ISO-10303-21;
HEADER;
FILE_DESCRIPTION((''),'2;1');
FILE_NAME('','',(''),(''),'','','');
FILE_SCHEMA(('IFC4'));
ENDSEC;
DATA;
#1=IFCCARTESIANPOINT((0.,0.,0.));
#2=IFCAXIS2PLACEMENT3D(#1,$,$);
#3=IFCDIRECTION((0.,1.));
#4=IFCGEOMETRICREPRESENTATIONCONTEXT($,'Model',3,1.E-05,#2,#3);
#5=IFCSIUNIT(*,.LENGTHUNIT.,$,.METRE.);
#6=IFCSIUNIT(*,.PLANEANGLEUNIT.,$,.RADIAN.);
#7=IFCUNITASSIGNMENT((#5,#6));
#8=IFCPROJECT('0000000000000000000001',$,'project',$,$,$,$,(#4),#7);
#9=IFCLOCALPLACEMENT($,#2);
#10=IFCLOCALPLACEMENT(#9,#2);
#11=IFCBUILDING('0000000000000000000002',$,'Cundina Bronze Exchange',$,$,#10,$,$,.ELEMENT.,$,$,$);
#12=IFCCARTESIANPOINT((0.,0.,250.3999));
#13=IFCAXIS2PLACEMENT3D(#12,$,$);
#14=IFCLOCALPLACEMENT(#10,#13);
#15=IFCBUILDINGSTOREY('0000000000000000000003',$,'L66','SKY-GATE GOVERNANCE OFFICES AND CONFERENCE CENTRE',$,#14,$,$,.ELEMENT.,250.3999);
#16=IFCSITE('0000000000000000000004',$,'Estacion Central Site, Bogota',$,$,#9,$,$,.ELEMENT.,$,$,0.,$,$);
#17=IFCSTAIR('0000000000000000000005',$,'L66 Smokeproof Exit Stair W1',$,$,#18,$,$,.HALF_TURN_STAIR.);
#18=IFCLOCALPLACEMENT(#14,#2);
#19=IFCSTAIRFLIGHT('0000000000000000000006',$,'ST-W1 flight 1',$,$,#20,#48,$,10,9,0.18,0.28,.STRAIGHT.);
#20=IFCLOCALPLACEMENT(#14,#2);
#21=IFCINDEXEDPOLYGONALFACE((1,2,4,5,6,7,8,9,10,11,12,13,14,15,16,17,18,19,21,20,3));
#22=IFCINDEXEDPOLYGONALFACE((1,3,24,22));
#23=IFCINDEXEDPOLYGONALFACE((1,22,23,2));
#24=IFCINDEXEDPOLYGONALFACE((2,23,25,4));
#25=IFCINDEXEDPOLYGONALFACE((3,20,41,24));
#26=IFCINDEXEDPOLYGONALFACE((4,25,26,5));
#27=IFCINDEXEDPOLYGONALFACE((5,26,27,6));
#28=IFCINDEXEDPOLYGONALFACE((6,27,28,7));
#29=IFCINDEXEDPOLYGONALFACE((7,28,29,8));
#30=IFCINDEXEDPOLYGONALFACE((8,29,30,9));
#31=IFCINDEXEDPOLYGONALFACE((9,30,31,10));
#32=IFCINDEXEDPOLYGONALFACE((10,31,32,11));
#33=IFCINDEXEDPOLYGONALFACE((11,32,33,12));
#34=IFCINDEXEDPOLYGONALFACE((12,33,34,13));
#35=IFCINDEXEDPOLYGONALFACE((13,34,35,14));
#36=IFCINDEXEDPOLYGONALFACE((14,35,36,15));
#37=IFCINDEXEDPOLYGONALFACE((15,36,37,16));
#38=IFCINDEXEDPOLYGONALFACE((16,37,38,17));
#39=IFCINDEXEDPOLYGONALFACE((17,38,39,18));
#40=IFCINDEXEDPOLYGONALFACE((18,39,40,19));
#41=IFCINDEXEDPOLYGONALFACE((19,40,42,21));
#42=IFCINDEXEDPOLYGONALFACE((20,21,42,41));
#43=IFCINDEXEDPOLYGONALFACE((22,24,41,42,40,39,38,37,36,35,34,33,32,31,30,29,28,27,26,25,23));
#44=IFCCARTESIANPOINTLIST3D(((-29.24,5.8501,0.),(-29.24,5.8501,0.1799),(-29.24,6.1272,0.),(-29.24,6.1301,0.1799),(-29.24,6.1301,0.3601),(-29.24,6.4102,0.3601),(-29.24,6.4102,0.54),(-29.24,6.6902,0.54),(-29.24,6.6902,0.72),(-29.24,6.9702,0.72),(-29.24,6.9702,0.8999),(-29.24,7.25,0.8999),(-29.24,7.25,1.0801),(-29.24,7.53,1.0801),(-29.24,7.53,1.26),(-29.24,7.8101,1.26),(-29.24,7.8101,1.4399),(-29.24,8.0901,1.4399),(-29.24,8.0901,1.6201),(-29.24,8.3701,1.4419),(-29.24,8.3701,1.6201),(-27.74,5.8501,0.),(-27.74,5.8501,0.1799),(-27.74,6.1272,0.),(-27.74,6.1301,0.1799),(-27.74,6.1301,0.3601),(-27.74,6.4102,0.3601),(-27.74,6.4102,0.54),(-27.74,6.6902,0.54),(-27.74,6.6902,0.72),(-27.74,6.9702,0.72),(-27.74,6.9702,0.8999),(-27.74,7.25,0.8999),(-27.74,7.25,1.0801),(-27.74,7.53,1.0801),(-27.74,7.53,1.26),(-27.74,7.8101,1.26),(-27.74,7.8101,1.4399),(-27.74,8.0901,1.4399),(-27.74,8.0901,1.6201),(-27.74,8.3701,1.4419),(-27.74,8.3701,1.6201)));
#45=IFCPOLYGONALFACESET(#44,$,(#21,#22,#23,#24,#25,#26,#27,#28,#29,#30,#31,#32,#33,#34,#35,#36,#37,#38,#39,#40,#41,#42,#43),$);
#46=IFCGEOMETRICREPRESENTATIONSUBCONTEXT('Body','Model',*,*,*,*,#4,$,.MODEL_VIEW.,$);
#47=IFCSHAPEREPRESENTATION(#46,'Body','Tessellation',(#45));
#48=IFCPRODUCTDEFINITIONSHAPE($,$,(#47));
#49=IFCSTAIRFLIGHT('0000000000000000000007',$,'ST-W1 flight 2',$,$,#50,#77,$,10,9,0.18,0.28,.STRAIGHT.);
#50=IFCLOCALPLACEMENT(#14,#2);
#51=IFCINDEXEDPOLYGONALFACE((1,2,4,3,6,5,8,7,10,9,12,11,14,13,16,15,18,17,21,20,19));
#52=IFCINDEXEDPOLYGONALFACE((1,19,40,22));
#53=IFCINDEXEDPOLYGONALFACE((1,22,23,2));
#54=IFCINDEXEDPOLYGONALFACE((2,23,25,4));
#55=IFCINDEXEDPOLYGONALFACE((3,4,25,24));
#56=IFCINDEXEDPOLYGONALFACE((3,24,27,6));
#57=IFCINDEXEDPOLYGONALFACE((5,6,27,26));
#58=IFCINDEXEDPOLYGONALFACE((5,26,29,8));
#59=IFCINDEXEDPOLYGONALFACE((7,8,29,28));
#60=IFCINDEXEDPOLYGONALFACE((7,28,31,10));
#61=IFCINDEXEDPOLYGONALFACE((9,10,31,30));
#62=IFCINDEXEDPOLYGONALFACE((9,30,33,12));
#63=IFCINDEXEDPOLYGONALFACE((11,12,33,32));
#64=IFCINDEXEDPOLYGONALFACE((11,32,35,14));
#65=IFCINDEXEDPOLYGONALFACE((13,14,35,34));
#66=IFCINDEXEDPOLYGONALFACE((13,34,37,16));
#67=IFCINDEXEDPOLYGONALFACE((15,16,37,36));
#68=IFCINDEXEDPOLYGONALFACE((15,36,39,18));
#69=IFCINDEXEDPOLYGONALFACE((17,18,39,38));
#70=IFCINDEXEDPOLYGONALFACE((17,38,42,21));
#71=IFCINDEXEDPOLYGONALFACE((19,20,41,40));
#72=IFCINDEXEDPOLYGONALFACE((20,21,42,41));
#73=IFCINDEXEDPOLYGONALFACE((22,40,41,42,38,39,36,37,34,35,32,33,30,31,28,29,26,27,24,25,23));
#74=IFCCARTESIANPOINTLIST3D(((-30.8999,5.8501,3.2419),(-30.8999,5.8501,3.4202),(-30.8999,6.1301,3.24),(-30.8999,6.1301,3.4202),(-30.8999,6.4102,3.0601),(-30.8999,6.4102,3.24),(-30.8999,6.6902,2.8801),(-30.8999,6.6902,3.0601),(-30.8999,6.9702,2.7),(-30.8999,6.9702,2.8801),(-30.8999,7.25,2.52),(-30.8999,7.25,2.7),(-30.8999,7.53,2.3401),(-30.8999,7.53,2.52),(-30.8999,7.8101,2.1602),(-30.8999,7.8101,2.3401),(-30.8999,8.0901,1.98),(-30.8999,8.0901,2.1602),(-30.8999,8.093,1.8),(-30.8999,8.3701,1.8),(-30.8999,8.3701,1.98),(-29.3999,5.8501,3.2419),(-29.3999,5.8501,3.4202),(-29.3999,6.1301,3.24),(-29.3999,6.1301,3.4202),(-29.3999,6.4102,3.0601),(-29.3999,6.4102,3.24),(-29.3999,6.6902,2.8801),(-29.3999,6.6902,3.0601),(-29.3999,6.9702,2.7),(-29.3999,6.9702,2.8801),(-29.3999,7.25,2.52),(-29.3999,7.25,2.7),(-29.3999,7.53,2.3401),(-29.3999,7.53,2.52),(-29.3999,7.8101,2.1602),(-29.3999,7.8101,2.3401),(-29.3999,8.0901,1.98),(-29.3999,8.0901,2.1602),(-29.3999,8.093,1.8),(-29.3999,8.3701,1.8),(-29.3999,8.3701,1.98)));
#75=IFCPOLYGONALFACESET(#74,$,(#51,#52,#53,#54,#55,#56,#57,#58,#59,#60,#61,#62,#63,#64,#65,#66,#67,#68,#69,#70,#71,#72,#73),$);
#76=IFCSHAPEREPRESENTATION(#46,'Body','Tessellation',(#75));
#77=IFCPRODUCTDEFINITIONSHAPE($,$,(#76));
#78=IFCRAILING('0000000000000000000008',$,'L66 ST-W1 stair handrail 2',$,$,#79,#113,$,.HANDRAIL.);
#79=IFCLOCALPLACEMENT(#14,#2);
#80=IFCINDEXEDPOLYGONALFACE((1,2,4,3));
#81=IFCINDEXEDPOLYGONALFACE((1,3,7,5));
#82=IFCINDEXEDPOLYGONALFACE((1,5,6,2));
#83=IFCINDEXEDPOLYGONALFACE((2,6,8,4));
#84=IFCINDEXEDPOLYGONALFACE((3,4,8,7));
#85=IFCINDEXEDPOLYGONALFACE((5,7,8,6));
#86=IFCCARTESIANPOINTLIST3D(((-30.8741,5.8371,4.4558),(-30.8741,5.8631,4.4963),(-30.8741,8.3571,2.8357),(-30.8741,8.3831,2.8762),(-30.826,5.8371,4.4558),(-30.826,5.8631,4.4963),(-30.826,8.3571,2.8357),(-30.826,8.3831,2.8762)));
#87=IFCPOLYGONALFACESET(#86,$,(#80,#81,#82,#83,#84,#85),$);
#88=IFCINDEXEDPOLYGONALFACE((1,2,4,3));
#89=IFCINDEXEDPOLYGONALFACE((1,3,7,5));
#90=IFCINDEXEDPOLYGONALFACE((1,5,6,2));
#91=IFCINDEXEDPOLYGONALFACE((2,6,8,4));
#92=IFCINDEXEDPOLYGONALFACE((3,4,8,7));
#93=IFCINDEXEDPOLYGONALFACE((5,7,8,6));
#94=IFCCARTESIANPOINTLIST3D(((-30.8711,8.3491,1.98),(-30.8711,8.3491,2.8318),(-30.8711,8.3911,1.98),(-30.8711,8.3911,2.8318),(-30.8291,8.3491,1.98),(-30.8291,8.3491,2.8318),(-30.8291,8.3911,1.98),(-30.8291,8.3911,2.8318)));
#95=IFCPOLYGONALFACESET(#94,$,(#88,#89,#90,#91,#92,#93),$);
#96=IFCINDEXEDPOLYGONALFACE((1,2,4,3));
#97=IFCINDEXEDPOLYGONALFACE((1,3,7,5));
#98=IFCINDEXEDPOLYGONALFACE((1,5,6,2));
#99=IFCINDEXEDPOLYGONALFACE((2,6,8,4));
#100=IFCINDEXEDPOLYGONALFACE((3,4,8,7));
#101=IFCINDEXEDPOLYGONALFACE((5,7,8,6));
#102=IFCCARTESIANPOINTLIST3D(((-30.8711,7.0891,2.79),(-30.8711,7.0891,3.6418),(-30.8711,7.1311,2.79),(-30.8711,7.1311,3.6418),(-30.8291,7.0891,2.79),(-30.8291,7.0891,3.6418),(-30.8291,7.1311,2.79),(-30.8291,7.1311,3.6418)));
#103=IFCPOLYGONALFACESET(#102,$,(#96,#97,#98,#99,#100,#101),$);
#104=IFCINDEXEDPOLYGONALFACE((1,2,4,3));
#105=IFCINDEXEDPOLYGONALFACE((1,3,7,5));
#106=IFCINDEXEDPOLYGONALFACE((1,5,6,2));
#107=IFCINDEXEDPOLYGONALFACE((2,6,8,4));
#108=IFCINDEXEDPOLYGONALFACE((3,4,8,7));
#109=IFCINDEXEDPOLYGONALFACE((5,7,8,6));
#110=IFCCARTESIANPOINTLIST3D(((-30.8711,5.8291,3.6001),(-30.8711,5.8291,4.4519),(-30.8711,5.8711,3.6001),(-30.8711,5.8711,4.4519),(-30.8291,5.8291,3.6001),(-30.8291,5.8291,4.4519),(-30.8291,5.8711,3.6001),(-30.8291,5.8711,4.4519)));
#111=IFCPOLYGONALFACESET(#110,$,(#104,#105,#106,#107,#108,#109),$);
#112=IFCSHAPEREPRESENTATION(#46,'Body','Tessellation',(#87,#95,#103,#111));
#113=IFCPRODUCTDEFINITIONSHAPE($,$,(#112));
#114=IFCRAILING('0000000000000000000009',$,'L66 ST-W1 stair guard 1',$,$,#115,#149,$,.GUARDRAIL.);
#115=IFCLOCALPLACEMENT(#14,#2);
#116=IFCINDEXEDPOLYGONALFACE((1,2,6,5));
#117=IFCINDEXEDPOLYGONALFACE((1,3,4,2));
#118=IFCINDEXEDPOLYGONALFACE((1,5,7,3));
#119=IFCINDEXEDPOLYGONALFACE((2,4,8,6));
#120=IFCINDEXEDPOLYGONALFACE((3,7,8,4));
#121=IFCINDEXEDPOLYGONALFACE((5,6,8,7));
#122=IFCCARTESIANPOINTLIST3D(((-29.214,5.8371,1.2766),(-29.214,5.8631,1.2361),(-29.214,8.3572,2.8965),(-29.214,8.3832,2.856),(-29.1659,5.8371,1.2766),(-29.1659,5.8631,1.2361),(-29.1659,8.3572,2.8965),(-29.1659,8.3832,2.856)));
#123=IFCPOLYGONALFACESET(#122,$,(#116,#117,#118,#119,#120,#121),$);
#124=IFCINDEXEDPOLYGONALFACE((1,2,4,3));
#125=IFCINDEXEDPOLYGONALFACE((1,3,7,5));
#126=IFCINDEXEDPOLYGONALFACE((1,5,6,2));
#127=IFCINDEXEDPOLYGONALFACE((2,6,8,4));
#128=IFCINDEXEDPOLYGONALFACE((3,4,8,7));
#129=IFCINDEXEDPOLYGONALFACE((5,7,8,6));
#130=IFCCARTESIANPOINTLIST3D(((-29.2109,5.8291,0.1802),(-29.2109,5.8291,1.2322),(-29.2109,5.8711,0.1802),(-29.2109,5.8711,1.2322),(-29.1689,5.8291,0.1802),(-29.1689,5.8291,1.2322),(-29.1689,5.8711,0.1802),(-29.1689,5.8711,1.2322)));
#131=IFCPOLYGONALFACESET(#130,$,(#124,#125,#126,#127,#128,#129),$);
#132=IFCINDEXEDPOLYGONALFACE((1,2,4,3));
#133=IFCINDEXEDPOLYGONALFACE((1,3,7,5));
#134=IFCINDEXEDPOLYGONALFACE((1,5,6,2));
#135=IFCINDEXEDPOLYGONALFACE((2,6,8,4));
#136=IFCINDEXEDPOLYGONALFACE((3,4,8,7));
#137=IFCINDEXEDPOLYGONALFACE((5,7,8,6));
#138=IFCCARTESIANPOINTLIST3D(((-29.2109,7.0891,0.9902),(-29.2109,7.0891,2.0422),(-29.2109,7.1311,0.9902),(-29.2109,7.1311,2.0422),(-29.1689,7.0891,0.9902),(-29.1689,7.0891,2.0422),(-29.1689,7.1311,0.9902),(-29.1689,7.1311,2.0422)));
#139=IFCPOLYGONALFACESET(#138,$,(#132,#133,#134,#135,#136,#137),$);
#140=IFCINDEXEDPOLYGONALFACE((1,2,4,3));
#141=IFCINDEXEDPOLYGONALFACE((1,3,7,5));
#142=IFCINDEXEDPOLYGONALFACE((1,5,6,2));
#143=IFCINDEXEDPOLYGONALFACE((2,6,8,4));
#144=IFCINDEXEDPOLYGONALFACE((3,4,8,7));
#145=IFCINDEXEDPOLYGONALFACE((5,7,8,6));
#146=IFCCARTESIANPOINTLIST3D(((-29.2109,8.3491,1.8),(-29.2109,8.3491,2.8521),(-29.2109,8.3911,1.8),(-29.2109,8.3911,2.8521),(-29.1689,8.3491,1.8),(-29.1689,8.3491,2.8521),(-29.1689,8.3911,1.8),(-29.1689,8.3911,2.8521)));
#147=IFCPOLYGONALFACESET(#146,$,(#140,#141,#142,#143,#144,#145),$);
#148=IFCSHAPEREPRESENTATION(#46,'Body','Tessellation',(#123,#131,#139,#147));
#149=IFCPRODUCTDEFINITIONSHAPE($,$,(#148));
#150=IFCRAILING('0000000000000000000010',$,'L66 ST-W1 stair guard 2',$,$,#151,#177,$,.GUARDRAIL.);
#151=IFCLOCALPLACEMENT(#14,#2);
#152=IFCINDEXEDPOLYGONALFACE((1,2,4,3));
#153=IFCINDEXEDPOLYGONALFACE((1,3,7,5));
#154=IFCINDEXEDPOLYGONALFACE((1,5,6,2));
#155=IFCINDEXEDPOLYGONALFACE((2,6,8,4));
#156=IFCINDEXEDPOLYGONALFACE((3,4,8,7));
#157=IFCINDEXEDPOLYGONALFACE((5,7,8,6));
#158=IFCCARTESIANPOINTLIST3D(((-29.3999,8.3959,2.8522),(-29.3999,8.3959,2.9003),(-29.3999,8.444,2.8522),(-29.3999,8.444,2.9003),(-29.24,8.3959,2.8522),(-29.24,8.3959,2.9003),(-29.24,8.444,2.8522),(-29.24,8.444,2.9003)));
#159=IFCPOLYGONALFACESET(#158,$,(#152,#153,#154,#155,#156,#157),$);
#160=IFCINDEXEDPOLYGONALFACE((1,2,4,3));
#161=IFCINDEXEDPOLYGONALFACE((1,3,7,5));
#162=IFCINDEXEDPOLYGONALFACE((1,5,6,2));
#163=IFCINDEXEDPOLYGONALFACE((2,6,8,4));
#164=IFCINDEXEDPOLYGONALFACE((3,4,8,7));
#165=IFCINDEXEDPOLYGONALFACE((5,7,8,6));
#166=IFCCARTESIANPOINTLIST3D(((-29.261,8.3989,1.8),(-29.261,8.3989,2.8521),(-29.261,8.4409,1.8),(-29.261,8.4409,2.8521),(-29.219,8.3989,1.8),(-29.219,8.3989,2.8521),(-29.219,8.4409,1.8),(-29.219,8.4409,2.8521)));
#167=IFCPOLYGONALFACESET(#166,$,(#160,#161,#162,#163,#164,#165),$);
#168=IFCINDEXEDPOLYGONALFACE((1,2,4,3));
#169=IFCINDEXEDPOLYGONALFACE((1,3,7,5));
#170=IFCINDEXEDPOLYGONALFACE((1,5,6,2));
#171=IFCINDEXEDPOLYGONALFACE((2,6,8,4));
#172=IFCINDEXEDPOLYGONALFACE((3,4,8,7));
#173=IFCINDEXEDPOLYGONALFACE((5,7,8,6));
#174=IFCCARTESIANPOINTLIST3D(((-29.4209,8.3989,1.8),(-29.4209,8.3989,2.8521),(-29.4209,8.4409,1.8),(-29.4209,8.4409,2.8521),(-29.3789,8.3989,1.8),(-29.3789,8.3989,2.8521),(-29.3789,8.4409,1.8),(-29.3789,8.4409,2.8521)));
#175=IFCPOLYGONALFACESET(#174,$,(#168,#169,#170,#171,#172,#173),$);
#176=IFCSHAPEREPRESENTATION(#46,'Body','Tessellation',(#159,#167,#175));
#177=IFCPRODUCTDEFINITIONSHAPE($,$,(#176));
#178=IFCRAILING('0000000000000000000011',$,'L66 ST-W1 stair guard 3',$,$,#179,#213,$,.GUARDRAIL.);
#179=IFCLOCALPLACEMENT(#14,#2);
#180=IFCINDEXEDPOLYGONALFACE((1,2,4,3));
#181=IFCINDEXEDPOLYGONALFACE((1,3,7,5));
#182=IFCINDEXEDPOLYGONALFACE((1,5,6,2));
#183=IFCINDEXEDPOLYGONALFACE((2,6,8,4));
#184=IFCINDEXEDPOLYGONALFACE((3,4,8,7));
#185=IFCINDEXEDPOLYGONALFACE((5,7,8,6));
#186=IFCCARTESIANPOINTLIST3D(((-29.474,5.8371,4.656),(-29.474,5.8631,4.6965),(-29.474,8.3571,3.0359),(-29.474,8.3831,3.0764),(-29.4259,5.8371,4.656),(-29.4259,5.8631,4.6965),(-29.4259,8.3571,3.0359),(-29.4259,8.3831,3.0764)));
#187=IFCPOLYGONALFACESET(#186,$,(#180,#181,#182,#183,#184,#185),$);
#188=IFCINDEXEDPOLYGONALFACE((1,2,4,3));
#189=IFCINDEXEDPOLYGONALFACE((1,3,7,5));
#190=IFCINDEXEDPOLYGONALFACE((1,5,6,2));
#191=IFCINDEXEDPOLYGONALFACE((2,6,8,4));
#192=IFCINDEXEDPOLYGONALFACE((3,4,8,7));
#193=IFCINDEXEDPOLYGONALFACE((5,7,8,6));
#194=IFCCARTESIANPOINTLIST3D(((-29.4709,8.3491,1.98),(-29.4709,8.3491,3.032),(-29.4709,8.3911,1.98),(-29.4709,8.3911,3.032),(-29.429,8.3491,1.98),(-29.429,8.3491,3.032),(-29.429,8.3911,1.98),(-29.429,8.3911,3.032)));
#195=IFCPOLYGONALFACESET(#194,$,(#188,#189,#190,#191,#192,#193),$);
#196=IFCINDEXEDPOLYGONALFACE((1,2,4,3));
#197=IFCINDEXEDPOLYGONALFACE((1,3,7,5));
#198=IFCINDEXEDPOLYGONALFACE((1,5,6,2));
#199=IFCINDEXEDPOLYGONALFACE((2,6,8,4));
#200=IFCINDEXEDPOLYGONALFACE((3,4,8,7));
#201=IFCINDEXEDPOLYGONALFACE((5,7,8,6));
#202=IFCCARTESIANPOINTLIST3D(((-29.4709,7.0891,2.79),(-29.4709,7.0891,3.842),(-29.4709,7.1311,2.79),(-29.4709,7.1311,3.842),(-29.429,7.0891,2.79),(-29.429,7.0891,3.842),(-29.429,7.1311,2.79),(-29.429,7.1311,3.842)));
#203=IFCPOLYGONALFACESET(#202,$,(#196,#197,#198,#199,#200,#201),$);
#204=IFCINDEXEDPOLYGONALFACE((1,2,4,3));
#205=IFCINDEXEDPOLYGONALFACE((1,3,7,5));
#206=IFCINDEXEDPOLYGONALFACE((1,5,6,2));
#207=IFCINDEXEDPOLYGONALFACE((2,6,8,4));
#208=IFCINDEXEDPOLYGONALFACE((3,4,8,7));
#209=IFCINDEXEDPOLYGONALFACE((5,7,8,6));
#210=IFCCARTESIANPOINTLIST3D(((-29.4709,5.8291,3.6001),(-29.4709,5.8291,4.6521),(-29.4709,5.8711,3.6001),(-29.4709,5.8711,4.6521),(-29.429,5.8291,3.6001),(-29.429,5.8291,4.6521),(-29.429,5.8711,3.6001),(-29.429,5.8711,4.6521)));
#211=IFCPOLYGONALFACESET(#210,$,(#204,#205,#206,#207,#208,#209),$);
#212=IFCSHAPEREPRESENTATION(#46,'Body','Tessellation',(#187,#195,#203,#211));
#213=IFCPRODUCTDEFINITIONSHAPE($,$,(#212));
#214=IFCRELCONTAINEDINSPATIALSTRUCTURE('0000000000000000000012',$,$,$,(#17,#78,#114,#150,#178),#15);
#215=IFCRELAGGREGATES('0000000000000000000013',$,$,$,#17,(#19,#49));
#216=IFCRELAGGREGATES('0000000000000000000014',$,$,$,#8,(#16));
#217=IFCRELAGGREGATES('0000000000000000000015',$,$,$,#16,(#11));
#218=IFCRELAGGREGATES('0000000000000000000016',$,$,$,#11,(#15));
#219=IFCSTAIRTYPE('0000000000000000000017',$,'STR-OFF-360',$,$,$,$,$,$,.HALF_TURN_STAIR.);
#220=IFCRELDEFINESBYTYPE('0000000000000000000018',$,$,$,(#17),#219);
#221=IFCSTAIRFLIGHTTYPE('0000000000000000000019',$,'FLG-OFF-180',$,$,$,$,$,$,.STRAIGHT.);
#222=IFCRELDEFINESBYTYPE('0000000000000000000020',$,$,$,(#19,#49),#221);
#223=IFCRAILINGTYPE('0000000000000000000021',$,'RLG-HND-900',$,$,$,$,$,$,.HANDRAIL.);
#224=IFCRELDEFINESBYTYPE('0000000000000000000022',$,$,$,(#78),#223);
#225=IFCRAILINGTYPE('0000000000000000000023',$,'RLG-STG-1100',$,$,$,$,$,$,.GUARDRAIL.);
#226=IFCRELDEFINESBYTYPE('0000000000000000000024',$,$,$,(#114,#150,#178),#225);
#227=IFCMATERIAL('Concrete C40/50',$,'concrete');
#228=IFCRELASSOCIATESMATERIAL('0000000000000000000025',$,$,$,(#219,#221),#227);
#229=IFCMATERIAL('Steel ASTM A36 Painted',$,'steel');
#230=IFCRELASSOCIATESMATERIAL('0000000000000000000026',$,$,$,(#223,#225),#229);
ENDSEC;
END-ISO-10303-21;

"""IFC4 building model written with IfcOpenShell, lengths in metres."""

from ifc_helpers import new_model, si_unit, direction, frame, origin, origin_2d, place, context, subcontext, project, spatial, polyline, rectangle, outline, extrude, material, type_object, element, aggregate, save


model = new_model("IFC4")

# Units and contexts
model_context = context("Model", 3, precision=1e-05, world=origin(), true_north=direction((0.0, 1.0)))
body_context = subcontext(model_context, "Body", "Model", "MODEL_VIEW")
ifc_project = project(units=[si_unit("LENGTHUNIT", "METRE"), si_unit("PLANEANGLEUNIT", "RADIAN")], contexts=[model_context])

# Site, building, storey
site_placement = place(None, origin())
site = spatial("IfcSite", under=ifc_project, at=site_placement, Name="Estacion Central Site, Bogota", CompositionType="ELEMENT", RefElevation=0.0)
building_placement = place(site_placement, origin())
building = spatial("IfcBuilding", under=site, at=building_placement, Name="Cundina Bronze Exchange", CompositionType="ELEMENT")
storey_placement = place(building_placement, frame((0.0, 0.0, 250.3999)))
storey = spatial("IfcBuildingStorey", under=building, at=storey_placement, Name="L66", Description="SKY-GATE GOVERNANCE OFFICES AND CONFERENCE CENTRE", CompositionType="ELEMENT", Elevation=250.3999)

# Shared definitions
ifc_material_1 = material(Name="Steel ASTM A36 Painted", Category="steel")

# Stair, stair flights
ifc_material_2 = material(Name="Concrete C40/50", Category="concrete")
stair_type = type_object("IfcStairType", Name="STR-OFF-360", PredefinedType="HALF_TURN_STAIR", material=ifc_material_2)
stair_placement = place(storey_placement, origin())
stair = element("IfcStair", 1, at=stair_placement, inside=storey, type_object=stair_type, Name="L66 Smokeproof Exit Stair W1", PredefinedType="HALF_TURN_STAIR")
stair_flight_type = type_object("IfcStairFlightType", Name="FLG-OFF-180", PredefinedType="STRAIGHT", material=ifc_material_2)
stair_flight_1_placement = place(storey_placement, frame((-28.49, 5.8501, 0.0), z_axis=(0.0, 0.0, 1.0), x_axis=(0.0, 1.0, 0.0)))
stair_flight_1 = element("IfcStairFlight", 2, at=stair_flight_1_placement, type_object=stair_flight_type, Name="ST-W1 flight 1", NumberOfRisers=10, NumberOfTreads=9, PredefinedType="STRAIGHT", RiserHeight=0.18, TreadLength=0.28, context=body_context, shape_type="SweptSolid", body=[
    extrude(outline(polyline([(0.0, 0.0), (0.0, 0.1799), (0.28, 0.1799), (0.28, 0.3601), (0.5601, 0.3601), (0.5601, 0.54), (0.8401, 0.54), (0.8401, 0.72), (1.1201, 0.72), (1.1201, 0.8999), (1.3999, 0.8999), (1.3999, 1.0801), (1.6799, 1.0801), (1.6799, 1.26), (1.96, 1.26), (1.96, 1.4399), (2.24, 1.4399), (2.24, 1.6201), (2.52, 1.6201), (2.52, 1.8), (2.52, 1.4419), (0.2771, 0.0), (0.0, 0.0)])), frame((0.0, 0.75, 0.0), z_axis=(0.0, -1.0, 0.0), x_axis=(1.0, 0.0, 0.0)), (0.0, 0.0, 1.0), 1.5),
])
stair_flight_2_placement = place(storey_placement, frame((-30.1499, 8.3701, 1.8), z_axis=(0.0, 0.0, 1.0), x_axis=(0.0, -1.0, 0.0)))
stair_flight_2 = element("IfcStairFlight", 3, at=stair_flight_2_placement, type_object=stair_flight_type, Name="ST-W1 flight 2", NumberOfRisers=10, NumberOfTreads=9, PredefinedType="STRAIGHT", RiserHeight=0.18, TreadLength=0.28, context=body_context, shape_type="SweptSolid", body=[
    extrude(outline(polyline([(0.0, 0.0), (0.0, 0.1799), (0.28, 0.1799), (0.28, 0.3601), (0.5601, 0.3601), (0.5601, 0.54), (0.8401, 0.54), (0.8401, 0.72), (1.1201, 0.72), (1.1201, 0.8999), (1.3999, 0.8999), (1.3999, 1.0801), (1.6799, 1.0801), (1.6799, 1.26), (1.96, 1.26), (1.96, 1.4399), (2.24, 1.4399), (2.24, 1.6201), (2.52, 1.6201), (2.52, 1.8), (2.52, 1.4419), (0.2771, 0.0), (0.0, 0.0)])), frame((0.0, 0.75, 0.0), z_axis=(0.0, -1.0, 0.0), x_axis=(1.0, 0.0, 0.0)), (0.0, 0.0, 1.0), 1.5),
])
aggregate(stair, [stair_flight_1, stair_flight_2])

# Railings
railing_type_1 = type_object("IfcRailingType", Name="RLG-HND-900", PredefinedType="HANDRAIL", material=ifc_material_1)
railing_1_placement = place(storey_placement, frame((-30.8501, 8.3701, 1.98)))
element("IfcRailing", 4, at=railing_1_placement, inside=storey, type_object=railing_type_1, Name="L66 ST-W1 stair handrail 2", PredefinedType="HANDRAIL", context=body_context, shape_type="SweptSolid", body=[
    extrude(rectangle(XDim=0.0481, YDim=0.0481, at=origin_2d()), frame((0.0, 0.0, 0.876), z_axis=(0.0, -0.841163, 0.540782), x_axis=(1.0, 0.0, 0.0)), (0.0, 0.0, 1.0), 2.9958),
    extrude(rectangle(XDim=0.042, YDim=0.042, at=origin_2d()), origin(), (0.0, 0.0, 1.0), 0.8518),
    extrude(rectangle(XDim=0.042, YDim=0.042, at=origin_2d()), frame((0.0, -1.26, 0.8101)), (0.0, 0.0, 1.0), 0.8518),
    extrude(rectangle(XDim=0.042, YDim=0.042, at=origin_2d()), frame((0.0, -2.52, 1.6201)), (0.0, 0.0, 1.0), 0.8518),
])
railing_type_2 = type_object("IfcRailingType", Name="RLG-STG-1100", PredefinedType="GUARDRAIL", material=ifc_material_1)
railing_2_placement = place(storey_placement, frame((-29.1899, 5.8501, 0.1802)))
element("IfcRailing", 5, at=railing_2_placement, inside=storey, type_object=railing_type_2, Name="L66 ST-W1 stair guard 1", PredefinedType="GUARDRAIL", context=body_context, shape_type="SweptSolid", body=[
    extrude(rectangle(XDim=0.0481, YDim=0.0481, at=origin_2d()), frame((0.0, 0.0, 1.0762), z_axis=(0.0, 0.8412, 0.540725), x_axis=(-1.0, 0.0, 0.0)), (0.0, 0.0, 1.0), 2.9958),
    extrude(rectangle(XDim=0.042, YDim=0.042, at=origin_2d()), origin(), (0.0, 0.0, 1.0), 1.052),
    extrude(rectangle(XDim=0.042, YDim=0.042, at=origin_2d()), frame((0.0, 1.26, 0.8101)), (0.0, 0.0, 1.0), 1.052),
    extrude(rectangle(XDim=0.042, YDim=0.042, at=origin_2d()), frame((0.0, 2.52, 1.6199)), (0.0, 0.0, 1.0), 1.052),
])
railing_3_placement = place(storey_placement, frame((-29.24, 8.4199, 1.8)))
element("IfcRailing", 6, at=railing_3_placement, inside=storey, type_object=railing_type_2, Name="L66 ST-W1 stair guard 2", PredefinedType="GUARDRAIL", context=body_context, shape_type="SweptSolid", body=[
    extrude(rectangle(XDim=0.0481, YDim=0.0481, at=origin_2d()), frame((0.0, 0.0, 1.0762), z_axis=(-1.0, 0.0, 0.0), x_axis=(0.0, -1.0, 0.0)), (0.0, 0.0, 1.0), 0.1599),
    extrude(rectangle(XDim=0.042, YDim=0.042, at=origin_2d()), origin(), (0.0, 0.0, 1.0), 1.052),
    extrude(rectangle(XDim=0.042, YDim=0.042, at=origin_2d()), frame((-0.1599, 0.0, 0.0)), (0.0, 0.0, 1.0), 1.052),
])
railing_4_placement = place(storey_placement, frame((-29.45, 8.3701, 1.98)))
element("IfcRailing", 7, at=railing_4_placement, inside=storey, type_object=railing_type_2, Name="L66 ST-W1 stair guard 3", PredefinedType="GUARDRAIL", context=body_context, shape_type="SweptSolid", body=[
    extrude(rectangle(XDim=0.0481, YDim=0.0481, at=origin_2d()), frame((0.0, 0.0, 1.0762), z_axis=(0.0, -0.841163, 0.540782), x_axis=(1.0, 0.0, 0.0)), (0.0, 0.0, 1.0), 2.9958),
    extrude(rectangle(XDim=0.042, YDim=0.042, at=origin_2d()), origin(), (0.0, 0.0, 1.0), 1.052),
    extrude(rectangle(XDim=0.042, YDim=0.042, at=origin_2d()), frame((0.0, -1.26, 0.8101)), (0.0, 0.0, 1.0), 1.052),
    extrude(rectangle(XDim=0.042, YDim=0.042, at=origin_2d()), frame((0.0, -2.52, 1.6201)), (0.0, 0.0, 1.0), 1.052),
])

save(model, "model.ifc")
